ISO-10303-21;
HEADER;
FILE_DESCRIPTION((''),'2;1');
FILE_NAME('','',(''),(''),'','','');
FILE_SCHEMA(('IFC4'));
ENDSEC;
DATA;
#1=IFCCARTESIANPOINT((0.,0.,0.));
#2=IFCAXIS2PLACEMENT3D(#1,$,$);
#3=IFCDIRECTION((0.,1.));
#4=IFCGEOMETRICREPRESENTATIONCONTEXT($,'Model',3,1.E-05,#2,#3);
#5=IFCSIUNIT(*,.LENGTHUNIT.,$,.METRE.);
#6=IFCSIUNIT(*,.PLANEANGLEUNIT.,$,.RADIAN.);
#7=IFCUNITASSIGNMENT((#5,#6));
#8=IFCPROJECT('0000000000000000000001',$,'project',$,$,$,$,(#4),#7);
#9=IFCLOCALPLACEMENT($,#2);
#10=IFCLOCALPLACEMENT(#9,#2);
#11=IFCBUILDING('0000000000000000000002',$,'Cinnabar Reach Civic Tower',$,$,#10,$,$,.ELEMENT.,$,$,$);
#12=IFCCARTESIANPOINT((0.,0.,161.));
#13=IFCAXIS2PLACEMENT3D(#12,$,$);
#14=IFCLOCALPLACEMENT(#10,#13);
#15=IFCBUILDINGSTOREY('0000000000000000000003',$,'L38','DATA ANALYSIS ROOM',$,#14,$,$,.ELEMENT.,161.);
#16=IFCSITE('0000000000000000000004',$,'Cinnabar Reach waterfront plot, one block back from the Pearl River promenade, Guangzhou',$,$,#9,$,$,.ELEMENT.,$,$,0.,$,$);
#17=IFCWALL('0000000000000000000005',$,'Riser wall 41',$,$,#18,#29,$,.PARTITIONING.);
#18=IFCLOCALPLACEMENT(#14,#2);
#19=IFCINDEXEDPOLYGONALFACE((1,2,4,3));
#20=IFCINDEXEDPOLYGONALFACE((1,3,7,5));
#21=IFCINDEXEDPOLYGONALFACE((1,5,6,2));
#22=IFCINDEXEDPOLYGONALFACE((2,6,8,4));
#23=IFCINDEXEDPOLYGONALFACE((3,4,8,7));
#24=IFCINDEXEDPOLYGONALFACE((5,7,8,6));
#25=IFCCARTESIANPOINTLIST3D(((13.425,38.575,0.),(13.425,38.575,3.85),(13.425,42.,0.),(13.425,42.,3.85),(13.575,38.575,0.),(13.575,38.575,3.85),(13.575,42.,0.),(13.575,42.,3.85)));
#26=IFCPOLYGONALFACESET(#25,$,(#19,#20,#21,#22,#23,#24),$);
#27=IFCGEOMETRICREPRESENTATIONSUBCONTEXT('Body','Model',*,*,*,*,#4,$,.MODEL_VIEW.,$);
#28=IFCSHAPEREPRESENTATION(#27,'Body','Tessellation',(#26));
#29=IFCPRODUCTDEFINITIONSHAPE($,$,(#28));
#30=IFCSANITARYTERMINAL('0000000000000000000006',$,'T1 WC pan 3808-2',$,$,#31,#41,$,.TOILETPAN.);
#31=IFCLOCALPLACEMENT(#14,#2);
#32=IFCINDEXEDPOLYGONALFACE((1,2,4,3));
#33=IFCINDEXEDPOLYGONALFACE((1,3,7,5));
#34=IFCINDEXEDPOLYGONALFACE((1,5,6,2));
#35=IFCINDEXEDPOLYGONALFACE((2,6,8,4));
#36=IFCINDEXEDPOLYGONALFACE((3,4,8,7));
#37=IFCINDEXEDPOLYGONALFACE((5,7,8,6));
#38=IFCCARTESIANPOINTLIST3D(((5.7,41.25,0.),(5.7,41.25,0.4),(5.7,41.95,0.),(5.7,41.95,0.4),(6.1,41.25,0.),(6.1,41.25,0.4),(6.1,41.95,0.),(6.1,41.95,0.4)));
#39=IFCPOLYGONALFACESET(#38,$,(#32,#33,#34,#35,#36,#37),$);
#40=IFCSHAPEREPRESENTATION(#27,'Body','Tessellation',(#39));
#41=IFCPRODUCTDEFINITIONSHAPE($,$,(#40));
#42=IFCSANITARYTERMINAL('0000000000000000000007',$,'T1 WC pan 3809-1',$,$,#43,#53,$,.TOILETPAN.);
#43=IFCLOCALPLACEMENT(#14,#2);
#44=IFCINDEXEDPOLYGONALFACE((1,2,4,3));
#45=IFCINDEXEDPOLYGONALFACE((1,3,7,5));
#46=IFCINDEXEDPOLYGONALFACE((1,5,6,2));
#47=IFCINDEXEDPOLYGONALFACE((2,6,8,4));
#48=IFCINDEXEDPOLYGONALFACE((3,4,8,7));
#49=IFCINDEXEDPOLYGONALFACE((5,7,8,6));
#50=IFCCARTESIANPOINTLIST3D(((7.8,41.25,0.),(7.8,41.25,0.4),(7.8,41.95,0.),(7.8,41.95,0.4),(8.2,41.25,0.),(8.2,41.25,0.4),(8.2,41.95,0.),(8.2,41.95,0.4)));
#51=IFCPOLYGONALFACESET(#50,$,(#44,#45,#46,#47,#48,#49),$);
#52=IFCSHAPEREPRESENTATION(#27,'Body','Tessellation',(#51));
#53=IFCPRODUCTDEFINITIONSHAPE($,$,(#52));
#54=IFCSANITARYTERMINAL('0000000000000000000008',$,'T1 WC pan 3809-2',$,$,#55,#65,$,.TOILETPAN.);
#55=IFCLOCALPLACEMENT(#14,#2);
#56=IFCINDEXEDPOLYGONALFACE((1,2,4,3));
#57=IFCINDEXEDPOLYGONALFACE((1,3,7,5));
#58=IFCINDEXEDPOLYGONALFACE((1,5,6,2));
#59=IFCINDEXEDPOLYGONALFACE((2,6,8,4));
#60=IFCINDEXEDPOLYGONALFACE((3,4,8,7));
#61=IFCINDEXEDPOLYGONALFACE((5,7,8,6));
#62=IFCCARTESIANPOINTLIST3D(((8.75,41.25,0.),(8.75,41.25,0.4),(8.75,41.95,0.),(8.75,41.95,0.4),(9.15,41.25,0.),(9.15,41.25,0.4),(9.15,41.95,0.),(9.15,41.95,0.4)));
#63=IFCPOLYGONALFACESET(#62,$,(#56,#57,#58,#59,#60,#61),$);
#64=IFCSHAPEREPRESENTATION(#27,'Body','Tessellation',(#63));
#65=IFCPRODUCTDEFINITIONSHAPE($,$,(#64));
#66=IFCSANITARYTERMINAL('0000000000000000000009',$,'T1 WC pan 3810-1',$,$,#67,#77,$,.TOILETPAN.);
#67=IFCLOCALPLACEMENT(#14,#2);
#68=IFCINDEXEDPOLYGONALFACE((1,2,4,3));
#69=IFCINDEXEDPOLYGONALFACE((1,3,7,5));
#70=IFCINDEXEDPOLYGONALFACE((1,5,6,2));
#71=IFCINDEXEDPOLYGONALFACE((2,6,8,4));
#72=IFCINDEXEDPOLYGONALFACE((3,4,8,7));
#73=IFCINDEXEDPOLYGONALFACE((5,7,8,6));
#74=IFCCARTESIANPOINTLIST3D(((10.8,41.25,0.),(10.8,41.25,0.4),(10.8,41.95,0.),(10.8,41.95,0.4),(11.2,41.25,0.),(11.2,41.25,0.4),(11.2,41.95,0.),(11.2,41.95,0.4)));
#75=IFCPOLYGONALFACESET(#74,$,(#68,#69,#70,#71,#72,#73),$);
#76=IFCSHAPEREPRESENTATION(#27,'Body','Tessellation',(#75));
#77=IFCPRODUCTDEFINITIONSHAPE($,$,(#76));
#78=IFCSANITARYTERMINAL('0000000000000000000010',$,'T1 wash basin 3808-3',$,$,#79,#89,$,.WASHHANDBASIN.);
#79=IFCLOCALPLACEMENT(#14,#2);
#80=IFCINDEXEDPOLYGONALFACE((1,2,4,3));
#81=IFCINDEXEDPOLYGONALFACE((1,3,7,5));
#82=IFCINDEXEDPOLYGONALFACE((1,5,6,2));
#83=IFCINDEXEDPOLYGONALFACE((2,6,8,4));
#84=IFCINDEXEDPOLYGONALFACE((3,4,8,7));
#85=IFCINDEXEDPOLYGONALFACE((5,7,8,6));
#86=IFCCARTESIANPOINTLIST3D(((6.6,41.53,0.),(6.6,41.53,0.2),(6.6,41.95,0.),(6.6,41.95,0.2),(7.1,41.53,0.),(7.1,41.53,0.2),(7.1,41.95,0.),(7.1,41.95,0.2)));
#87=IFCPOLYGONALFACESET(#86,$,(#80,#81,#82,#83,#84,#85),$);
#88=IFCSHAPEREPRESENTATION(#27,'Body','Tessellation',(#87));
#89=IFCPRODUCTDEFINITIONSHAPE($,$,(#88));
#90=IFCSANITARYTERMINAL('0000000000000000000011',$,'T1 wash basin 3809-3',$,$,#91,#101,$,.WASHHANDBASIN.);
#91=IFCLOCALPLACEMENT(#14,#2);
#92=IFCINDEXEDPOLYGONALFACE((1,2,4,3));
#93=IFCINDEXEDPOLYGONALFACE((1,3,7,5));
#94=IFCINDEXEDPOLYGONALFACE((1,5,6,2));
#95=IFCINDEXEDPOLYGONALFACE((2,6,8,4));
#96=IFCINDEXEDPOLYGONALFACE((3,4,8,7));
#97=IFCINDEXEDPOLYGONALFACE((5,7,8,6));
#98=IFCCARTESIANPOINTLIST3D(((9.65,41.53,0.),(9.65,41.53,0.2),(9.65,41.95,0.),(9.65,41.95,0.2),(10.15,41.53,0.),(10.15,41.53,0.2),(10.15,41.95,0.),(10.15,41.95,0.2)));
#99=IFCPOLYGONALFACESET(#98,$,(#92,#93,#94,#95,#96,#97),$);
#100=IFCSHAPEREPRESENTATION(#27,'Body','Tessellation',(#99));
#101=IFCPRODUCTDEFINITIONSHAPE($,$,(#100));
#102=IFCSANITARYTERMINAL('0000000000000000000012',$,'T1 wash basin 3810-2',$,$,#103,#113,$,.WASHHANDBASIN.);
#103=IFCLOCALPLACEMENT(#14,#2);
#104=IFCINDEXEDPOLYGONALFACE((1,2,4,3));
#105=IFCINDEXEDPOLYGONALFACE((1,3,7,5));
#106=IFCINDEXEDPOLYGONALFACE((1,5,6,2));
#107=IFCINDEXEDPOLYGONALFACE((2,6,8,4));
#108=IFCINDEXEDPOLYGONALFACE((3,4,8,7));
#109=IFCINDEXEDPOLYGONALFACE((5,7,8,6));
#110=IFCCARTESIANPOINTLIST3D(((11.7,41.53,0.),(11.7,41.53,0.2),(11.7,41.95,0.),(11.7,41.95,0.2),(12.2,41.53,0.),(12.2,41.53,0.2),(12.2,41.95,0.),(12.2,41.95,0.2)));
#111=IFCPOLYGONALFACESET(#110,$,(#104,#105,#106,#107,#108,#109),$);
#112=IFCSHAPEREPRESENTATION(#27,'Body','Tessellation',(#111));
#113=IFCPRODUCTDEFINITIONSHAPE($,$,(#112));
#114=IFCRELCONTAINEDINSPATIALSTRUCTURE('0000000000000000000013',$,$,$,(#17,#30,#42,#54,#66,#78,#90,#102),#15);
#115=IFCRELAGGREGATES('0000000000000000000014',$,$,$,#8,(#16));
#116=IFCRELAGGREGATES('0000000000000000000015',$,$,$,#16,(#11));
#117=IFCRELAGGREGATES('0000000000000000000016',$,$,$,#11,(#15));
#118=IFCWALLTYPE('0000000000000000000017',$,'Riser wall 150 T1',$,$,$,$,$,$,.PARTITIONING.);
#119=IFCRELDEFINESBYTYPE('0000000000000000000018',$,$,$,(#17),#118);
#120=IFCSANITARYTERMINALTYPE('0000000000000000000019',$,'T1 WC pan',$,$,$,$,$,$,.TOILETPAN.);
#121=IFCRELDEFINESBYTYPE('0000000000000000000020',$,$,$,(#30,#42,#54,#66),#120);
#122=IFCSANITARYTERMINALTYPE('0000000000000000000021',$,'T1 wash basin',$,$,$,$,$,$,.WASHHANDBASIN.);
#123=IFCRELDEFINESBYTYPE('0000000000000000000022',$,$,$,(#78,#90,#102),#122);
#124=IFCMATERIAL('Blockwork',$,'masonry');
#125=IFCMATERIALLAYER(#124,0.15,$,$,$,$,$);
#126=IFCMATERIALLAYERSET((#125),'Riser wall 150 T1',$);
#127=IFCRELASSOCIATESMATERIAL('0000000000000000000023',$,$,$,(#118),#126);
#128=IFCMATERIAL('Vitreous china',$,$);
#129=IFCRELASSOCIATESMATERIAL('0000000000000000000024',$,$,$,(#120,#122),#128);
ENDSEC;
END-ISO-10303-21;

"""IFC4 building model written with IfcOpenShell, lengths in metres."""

from ifc_helpers import new_model, si_unit, direction, frame, frame_2d, origin, origin_2d, place, context, subcontext, project, spatial, rectangle, extrude, material, layer, layer_set, type_object, element, save


model = new_model("IFC4")

# Units and contexts
model_context = context("Model", 3, precision=1e-05, world=origin(), true_north=direction((0.0, 1.0)))
body_context = subcontext(model_context, "Body", "Model", "MODEL_VIEW")
ifc_project = project(units=[si_unit("LENGTHUNIT", "METRE"), si_unit("PLANEANGLEUNIT", "RADIAN")], contexts=[model_context])

# Site, building, storey
site_placement = place(None, origin())
site = spatial("IfcSite", under=ifc_project, at=site_placement, Name="Cinnabar Reach waterfront plot, one block back from the Pearl River promenade, Guangzhou", CompositionType="ELEMENT", RefElevation=0.0)
building_placement = place(site_placement, origin())
building = spatial("IfcBuilding", under=site, at=building_placement, Name="Cinnabar Reach Civic Tower", CompositionType="ELEMENT")
storey_placement = place(building_placement, frame((0.0, 0.0, 161.0)))
storey = spatial("IfcBuildingStorey", under=building, at=storey_placement, Name="L38", Description="DATA ANALYSIS ROOM", CompositionType="ELEMENT", Elevation=161.0)

# Shared definitions
ifc_material_1 = material(Name="Blockwork", Category="masonry")

# Wall
ifc_layer_1 = layer(ifc_material_1, 0.15)
ifc_layer_set_1 = layer_set([ifc_layer_1], Name="Riser wall 150 T1")
wall_type_1 = type_object("IfcWallType", Name="Riser wall 150 T1", PredefinedType="PARTITIONING", material=ifc_layer_set_1)
wall_1_placement = place(storey_placement, frame((13.5, 38.575, 0.0), z_axis=(0.0, 0.0, 1.0), x_axis=(0.0, 1.0, 0.0)))
element("IfcWall", 1, at=wall_1_placement, inside=storey, type_object=wall_type_1, Name="Riser wall 41", PredefinedType="PARTITIONING", context=body_context, shape_type="SweptSolid", body=[
    extrude(rectangle(XDim=3.425, YDim=0.15, at=frame_2d((1.7125, 0.0))), origin(), (0.0, 0.0, 1.0), 3.85),
])

# Sanitary terminals
ifc_material_2 = material(Name="Vitreous china")
sanitary_terminal_type_1 = type_object("IfcSanitaryTerminalType", Name="T1 WC pan", PredefinedType="TOILETPAN", material=ifc_material_2)
for number, where, z_axis, x_axis, name in (
    (2, (5.9, 41.6, 0.0), (0.0, 0.0, 1.0), (1.0, 0.0, 0.0), "T1 WC pan 3808-2"),
    (3, (8.0, 41.6, 0.0), (0.0, 0.0, 1.0), (1.0, 0.0, 0.0), "T1 WC pan 3809-1"),
    (4, (8.95, 41.6, 0.0), (0.0, 0.0, 1.0), (1.0, 0.0, 0.0), "T1 WC pan 3809-2"),
    (5, (11.0, 41.6, 0.0), (0.0, 0.0, 1.0), (1.0, 0.0, 0.0), "T1 WC pan 3810-1"),
):
    element("IfcSanitaryTerminal", number, at=place(storey_placement, frame(where, z_axis=z_axis, x_axis=x_axis)), inside=storey, type_object=sanitary_terminal_type_1, Name=name, PredefinedType="TOILETPAN", context=body_context, shape_type="SweptSolid", body=[
        extrude(rectangle(XDim=0.4, YDim=0.7, at=origin_2d()), origin(), (0.0, 0.0, 1.0), 0.4),
    ])
sanitary_terminal_type_2 = type_object("IfcSanitaryTerminalType", Name="T1 wash basin", PredefinedType="WASHHANDBASIN", material=ifc_material_2)
for number, where, z_axis, x_axis, name in (
    (6, (6.85, 41.74, 0.0), (0.0, 0.0, 1.0), (1.0, 0.0, 0.0), "T1 wash basin 3808-3"),
    (7, (9.9, 41.74, 0.0), (0.0, 0.0, 1.0), (1.0, 0.0, 0.0), "T1 wash basin 3809-3"),
    (8, (11.95, 41.74, 0.0), (0.0, 0.0, 1.0), (1.0, 0.0, 0.0), "T1 wash basin 3810-2"),
):
    element("IfcSanitaryTerminal", number, at=place(storey_placement, frame(where, z_axis=z_axis, x_axis=x_axis)), inside=storey, type_object=sanitary_terminal_type_2, Name=name, PredefinedType="WASHHANDBASIN", context=body_context, shape_type="SweptSolid", body=[
        extrude(rectangle(XDim=0.5, YDim=0.42, at=origin_2d()), origin(), (0.0, 0.0, 1.0), 0.2),
    ])

save(model, "model.ifc")
